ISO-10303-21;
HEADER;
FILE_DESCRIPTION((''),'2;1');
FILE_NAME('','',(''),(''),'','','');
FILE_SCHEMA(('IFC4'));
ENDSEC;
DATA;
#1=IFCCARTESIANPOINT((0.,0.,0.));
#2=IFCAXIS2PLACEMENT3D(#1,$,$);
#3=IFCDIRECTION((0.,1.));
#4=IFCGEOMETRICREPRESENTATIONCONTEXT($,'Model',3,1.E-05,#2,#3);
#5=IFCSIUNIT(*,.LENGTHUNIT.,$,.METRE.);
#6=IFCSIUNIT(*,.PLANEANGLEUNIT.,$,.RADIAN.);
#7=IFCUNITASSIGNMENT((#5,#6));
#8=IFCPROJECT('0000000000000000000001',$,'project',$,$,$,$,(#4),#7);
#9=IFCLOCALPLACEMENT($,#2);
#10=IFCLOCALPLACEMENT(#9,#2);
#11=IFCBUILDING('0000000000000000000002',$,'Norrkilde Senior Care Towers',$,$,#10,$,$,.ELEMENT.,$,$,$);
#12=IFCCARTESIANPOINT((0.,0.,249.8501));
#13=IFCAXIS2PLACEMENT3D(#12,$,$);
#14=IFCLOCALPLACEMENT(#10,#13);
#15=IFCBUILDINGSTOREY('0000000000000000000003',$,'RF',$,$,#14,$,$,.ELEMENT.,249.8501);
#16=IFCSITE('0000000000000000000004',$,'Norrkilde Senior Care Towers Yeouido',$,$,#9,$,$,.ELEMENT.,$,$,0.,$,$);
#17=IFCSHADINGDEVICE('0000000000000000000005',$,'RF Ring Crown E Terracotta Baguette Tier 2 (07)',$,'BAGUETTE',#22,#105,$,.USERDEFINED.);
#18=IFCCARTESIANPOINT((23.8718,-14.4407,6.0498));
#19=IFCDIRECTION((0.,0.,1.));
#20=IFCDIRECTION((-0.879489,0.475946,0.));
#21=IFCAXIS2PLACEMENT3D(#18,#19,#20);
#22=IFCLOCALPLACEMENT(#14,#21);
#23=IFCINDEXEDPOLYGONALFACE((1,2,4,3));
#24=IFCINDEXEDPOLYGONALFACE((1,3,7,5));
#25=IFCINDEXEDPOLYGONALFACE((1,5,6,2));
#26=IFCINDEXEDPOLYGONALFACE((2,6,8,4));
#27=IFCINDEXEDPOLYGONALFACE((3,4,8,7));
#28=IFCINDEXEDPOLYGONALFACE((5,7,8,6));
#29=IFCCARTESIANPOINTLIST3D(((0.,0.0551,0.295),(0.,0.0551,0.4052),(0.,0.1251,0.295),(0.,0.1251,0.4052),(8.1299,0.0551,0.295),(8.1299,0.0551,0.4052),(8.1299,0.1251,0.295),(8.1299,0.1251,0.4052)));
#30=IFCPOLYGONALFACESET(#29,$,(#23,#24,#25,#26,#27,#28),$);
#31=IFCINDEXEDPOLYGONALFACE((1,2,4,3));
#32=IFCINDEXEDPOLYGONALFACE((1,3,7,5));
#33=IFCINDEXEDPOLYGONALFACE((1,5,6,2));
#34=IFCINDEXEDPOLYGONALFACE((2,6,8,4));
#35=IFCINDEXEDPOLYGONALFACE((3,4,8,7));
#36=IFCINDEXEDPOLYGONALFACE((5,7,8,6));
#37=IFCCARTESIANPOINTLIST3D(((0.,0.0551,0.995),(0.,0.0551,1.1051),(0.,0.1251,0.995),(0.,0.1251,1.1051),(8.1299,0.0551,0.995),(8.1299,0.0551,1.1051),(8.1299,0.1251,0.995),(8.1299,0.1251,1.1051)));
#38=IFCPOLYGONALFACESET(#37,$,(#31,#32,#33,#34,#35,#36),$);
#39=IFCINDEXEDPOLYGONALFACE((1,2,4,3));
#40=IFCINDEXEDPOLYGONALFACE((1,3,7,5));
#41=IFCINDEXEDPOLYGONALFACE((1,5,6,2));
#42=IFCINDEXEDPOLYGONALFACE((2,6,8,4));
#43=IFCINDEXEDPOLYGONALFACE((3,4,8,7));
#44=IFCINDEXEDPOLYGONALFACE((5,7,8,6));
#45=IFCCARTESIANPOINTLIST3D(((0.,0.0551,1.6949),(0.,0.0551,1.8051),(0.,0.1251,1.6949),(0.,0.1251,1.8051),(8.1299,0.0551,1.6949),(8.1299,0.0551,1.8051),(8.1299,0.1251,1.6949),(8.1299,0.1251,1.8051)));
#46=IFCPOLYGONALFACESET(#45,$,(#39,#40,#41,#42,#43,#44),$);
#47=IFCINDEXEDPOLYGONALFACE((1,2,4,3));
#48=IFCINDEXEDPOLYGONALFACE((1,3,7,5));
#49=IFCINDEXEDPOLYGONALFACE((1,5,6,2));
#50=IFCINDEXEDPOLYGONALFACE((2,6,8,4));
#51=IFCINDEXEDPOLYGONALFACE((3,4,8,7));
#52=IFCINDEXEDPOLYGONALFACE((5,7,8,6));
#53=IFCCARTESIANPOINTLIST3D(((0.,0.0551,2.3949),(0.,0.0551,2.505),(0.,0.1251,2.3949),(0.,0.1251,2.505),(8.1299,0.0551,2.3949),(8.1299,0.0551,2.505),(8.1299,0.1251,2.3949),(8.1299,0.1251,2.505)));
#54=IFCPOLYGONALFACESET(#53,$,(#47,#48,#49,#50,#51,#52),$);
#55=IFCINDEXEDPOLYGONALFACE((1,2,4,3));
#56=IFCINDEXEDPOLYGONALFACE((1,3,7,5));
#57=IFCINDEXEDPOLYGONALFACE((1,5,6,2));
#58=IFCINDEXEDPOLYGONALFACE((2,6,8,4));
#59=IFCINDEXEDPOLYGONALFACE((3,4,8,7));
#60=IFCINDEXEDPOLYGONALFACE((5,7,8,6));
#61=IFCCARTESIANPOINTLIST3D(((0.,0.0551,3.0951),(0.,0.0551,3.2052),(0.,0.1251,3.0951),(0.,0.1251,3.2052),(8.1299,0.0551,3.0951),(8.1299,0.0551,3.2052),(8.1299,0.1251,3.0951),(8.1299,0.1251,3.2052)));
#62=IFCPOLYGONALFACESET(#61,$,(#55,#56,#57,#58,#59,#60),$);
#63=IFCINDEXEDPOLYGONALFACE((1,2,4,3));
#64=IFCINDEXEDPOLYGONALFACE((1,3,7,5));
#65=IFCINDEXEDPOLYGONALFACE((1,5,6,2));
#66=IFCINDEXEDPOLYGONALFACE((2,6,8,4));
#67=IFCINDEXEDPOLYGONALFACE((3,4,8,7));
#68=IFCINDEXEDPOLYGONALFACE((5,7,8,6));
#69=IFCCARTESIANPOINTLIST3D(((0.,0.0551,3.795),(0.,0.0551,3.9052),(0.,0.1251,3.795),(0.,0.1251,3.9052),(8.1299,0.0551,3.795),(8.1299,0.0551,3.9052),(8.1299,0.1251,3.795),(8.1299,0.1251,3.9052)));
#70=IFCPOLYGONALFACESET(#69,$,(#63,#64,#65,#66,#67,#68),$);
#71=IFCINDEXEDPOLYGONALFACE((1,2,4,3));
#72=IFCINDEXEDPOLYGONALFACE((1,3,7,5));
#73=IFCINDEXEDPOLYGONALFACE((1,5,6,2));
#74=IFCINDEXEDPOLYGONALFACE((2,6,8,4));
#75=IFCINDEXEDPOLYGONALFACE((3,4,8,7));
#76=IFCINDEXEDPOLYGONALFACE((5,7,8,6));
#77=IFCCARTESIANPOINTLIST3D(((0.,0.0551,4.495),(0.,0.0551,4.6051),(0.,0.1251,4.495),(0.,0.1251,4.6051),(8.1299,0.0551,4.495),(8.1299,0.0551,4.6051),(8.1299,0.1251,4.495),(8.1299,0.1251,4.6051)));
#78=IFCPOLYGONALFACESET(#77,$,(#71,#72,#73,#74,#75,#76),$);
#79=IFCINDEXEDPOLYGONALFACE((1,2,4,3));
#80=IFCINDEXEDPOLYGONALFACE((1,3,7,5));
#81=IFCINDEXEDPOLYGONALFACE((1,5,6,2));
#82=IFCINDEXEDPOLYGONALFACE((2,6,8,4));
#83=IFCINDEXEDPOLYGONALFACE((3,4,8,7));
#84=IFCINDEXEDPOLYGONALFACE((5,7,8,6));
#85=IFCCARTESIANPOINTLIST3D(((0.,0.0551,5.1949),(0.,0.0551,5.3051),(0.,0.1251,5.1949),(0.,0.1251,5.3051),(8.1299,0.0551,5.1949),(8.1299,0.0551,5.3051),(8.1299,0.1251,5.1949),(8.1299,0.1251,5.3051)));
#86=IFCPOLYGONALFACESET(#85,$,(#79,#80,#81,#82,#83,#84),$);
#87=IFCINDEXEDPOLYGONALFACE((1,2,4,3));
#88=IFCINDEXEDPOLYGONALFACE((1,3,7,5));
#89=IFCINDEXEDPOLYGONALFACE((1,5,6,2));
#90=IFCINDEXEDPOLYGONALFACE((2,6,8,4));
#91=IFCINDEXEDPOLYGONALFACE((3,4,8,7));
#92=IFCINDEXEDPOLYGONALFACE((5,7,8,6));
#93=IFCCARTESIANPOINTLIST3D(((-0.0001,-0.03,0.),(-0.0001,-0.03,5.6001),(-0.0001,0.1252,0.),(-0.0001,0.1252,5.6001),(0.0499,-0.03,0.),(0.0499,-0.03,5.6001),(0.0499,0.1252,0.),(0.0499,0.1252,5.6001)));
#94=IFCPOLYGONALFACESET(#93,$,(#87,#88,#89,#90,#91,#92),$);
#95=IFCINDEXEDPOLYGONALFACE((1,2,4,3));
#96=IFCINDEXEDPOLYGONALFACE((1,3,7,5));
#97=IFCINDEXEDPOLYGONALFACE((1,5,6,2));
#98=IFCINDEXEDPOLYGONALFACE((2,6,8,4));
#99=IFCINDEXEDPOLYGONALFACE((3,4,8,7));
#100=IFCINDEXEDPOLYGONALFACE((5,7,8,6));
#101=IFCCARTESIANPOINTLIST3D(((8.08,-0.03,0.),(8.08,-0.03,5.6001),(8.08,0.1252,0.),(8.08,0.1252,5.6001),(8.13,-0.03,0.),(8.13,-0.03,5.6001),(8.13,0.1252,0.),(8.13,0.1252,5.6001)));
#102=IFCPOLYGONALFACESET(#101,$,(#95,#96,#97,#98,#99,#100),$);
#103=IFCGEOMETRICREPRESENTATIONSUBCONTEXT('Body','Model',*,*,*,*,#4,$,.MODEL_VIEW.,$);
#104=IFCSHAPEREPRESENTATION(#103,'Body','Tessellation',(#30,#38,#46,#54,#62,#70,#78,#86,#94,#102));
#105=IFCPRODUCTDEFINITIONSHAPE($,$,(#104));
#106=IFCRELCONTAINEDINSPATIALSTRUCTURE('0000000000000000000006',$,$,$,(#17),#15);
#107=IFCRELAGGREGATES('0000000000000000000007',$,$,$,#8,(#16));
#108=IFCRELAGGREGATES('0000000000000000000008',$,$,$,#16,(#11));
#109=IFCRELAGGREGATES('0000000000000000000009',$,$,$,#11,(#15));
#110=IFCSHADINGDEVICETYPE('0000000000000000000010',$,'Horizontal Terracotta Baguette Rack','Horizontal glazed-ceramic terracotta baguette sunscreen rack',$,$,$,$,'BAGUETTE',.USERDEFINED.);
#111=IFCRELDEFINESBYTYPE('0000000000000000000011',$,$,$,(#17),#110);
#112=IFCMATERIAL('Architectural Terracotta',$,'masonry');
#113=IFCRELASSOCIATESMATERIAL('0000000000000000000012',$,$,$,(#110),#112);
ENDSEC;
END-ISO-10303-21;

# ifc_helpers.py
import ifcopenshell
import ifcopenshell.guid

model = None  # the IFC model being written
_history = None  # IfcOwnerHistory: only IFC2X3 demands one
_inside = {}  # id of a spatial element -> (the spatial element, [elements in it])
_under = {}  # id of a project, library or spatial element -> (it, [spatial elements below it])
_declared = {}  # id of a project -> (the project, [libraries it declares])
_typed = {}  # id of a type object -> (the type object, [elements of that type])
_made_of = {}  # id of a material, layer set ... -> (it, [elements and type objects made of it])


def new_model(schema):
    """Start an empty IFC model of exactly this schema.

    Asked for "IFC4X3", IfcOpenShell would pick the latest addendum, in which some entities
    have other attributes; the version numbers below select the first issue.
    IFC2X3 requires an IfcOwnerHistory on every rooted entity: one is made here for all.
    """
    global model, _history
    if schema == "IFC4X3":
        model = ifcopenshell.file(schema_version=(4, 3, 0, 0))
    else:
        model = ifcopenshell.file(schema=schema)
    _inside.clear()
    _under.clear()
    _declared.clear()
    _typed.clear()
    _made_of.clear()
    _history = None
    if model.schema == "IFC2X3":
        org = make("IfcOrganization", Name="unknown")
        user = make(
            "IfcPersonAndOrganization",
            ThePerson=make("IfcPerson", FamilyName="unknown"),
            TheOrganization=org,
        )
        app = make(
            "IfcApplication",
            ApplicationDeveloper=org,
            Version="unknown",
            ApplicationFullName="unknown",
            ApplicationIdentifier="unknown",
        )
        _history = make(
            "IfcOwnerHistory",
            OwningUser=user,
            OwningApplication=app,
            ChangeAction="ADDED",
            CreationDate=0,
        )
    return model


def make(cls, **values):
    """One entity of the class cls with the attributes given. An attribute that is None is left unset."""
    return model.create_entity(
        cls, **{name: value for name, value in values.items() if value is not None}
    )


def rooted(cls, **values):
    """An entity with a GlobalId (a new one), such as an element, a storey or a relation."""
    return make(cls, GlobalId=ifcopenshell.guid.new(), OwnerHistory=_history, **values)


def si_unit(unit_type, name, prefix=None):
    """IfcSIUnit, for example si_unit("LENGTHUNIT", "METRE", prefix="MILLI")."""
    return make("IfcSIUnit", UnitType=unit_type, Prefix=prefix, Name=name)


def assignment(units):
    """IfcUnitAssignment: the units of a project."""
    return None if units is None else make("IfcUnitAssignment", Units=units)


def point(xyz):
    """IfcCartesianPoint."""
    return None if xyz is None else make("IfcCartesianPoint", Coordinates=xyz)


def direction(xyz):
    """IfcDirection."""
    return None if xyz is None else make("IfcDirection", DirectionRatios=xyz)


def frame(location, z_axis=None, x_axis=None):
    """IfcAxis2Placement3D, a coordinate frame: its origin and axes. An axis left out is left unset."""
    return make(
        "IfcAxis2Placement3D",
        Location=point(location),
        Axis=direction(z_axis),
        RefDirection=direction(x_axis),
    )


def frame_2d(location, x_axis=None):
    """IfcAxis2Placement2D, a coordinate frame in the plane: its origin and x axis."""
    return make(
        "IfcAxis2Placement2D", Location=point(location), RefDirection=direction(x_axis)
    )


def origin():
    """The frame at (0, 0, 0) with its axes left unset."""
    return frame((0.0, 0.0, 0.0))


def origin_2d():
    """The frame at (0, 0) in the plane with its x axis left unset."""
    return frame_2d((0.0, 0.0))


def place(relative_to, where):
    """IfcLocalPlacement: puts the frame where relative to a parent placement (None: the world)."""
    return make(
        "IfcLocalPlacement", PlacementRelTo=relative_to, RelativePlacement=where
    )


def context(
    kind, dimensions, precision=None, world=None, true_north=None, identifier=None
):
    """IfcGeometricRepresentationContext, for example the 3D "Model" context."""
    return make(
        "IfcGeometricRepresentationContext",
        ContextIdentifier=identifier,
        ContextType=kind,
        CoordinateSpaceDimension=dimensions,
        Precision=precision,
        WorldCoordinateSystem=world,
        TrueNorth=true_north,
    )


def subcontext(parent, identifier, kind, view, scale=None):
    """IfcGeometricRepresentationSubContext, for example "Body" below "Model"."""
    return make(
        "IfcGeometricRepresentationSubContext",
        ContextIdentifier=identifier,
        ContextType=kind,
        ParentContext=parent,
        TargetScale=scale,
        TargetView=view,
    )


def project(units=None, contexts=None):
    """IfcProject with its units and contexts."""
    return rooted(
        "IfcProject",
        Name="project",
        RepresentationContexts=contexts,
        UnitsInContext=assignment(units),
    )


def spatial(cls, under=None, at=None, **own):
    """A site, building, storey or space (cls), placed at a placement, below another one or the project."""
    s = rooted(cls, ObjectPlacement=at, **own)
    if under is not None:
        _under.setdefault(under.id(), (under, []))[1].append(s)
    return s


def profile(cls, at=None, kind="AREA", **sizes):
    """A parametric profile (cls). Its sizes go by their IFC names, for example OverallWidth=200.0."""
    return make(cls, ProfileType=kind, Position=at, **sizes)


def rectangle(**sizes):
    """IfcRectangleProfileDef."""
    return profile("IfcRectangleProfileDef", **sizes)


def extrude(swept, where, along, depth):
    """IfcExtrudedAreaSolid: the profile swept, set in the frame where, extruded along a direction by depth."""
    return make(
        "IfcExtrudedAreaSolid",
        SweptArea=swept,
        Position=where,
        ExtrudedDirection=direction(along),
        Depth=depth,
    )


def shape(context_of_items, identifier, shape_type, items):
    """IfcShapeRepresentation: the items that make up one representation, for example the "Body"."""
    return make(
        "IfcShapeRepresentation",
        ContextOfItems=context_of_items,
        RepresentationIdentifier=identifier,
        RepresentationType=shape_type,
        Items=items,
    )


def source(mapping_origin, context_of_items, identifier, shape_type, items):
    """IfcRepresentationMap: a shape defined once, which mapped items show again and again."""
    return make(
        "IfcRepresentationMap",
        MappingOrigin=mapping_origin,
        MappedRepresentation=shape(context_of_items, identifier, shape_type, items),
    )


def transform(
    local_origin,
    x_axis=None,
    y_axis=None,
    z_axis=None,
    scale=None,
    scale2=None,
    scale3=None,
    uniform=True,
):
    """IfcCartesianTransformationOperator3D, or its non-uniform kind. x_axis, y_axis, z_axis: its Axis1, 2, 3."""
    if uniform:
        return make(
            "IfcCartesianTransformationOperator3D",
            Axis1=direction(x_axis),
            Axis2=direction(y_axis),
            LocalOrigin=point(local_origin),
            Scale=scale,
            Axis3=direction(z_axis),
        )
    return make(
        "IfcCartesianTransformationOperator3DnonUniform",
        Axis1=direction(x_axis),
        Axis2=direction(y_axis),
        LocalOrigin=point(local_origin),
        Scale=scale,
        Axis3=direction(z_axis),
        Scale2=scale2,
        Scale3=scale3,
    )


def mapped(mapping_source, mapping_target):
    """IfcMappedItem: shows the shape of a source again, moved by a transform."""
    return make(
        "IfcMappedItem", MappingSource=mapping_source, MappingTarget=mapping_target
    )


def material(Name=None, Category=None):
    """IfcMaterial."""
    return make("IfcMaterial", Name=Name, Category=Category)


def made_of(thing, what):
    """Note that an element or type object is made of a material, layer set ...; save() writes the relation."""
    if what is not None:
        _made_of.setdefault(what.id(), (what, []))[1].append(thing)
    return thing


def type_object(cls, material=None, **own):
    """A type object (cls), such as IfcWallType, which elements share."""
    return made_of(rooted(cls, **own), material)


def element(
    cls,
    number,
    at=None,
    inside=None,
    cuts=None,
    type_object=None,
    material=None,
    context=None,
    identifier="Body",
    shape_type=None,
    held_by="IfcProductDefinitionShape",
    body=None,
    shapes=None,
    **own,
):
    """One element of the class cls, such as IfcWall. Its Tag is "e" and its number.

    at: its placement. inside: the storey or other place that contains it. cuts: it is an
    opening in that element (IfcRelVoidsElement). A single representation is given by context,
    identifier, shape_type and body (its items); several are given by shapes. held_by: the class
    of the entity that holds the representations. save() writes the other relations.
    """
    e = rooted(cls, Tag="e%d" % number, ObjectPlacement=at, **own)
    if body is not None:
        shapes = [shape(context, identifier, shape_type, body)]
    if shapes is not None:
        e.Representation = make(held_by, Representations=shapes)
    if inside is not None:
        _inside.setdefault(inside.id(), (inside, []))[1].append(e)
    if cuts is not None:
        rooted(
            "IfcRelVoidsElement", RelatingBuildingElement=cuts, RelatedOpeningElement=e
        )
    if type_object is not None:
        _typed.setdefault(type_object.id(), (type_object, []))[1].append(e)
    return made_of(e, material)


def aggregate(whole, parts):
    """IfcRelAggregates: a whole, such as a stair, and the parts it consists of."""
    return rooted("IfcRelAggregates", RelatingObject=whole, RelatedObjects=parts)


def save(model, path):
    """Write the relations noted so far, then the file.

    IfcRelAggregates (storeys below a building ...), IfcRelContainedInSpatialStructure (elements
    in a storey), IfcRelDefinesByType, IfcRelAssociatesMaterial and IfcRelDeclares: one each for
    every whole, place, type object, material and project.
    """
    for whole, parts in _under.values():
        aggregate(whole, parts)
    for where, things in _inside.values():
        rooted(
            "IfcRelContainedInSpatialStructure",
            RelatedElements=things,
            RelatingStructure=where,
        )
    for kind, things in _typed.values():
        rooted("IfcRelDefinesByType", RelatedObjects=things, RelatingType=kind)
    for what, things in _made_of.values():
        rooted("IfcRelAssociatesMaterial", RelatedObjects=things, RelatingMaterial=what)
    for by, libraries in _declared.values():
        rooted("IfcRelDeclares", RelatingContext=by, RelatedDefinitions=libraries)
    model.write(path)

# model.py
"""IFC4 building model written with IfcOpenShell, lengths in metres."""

from ifc_helpers import new_model, si_unit, direction, frame, origin, origin_2d, place, context, subcontext, project, spatial, rectangle, extrude, source, transform, mapped, material, type_object, element, save


model = new_model("IFC4")

# Units and contexts
model_context = context("Model", 3, precision=1e-05, world=origin(), true_north=direction((0.0, 1.0)))
body_context = subcontext(model_context, "Body", "Model", "MODEL_VIEW")
ifc_project = project(units=[si_unit("LENGTHUNIT", "METRE"), si_unit("PLANEANGLEUNIT", "RADIAN")], contexts=[model_context])

# Site, building, storey
site_placement = place(None, origin())
site = spatial("IfcSite", under=ifc_project, at=site_placement, Name="Norrkilde Senior Care Towers Yeouido", CompositionType="ELEMENT", RefElevation=0.0)
building_placement = place(site_placement, origin())
building = spatial("IfcBuilding", under=site, at=building_placement, Name="Norrkilde Senior Care Towers", CompositionType="ELEMENT")
storey_placement = place(building_placement, frame((0.0, 0.0, 249.8501)))
storey = spatial("IfcBuildingStorey", under=building, at=storey_placement, Name="RF", CompositionType="ELEMENT", Elevation=249.8501)

# Shared definitions
ifc_material_1 = material(Name="Architectural Terracotta", Category="masonry")

# Shading device
shading_device_type = type_object("IfcShadingDeviceType", Name="Horizontal Terracotta Baguette Rack", Description="Horizontal glazed-ceramic terracotta baguette sunscreen rack", ElementType="BAGUETTE", PredefinedType="USERDEFINED", material=ifc_material_1)
shared_shape_1 = source(origin(), body_context, "Body", "SweptSolid", [
    extrude(rectangle(XDim=0.0701, YDim=0.1101, at=origin_2d()), frame((0.0, 0.0901, 0.3501), z_axis=(1.0, 0.0, 0.0), x_axis=(0.0, 1.0, 0.0)), (0.0, 0.0, 1.0), 8.1299),
    extrude(rectangle(XDim=0.0701, YDim=0.1101, at=origin_2d()), frame((0.0, 0.0901, 1.05), z_axis=(1.0, 0.0, 0.0), x_axis=(0.0, 1.0, 0.0)), (0.0, 0.0, 1.0), 8.1299),
    extrude(rectangle(XDim=0.0701, YDim=0.1101, at=origin_2d()), frame((0.0, 0.0901, 1.75), z_axis=(1.0, 0.0, 0.0), x_axis=(0.0, 1.0, 0.0)), (0.0, 0.0, 1.0), 8.1299),
    extrude(rectangle(XDim=0.0701, YDim=0.1101, at=origin_2d()), frame((0.0, 0.0901, 2.45), z_axis=(1.0, 0.0, 0.0), x_axis=(0.0, 1.0, 0.0)), (0.0, 0.0, 1.0), 8.1299),
    extrude(rectangle(XDim=0.0701, YDim=0.1101, at=origin_2d()), frame((0.0, 0.0901, 3.1501), z_axis=(1.0, 0.0, 0.0), x_axis=(0.0, 1.0, 0.0)), (0.0, 0.0, 1.0), 8.1299),
    extrude(rectangle(XDim=0.0701, YDim=0.1101, at=origin_2d()), frame((0.0, 0.0901, 3.8501), z_axis=(1.0, 0.0, 0.0), x_axis=(0.0, 1.0, 0.0)), (0.0, 0.0, 1.0), 8.1299),
    extrude(rectangle(XDim=0.0701, YDim=0.1101, at=origin_2d()), frame((0.0, 0.0901, 4.55), z_axis=(1.0, 0.0, 0.0), x_axis=(0.0, 1.0, 0.0)), (0.0, 0.0, 1.0), 8.1299),
    extrude(rectangle(XDim=0.0701, YDim=0.1101, at=origin_2d()), frame((0.0, 0.0901, 5.25), z_axis=(1.0, 0.0, 0.0), x_axis=(0.0, 1.0, 0.0)), (0.0, 0.0, 1.0), 8.1299),
    extrude(rectangle(XDim=0.05, YDim=0.1553, at=origin_2d()), frame((0.0249, 0.0476, 0.0)), (0.0, 0.0, 1.0), 5.6001),
    extrude(rectangle(XDim=0.05, YDim=0.1553, at=origin_2d()), frame((8.105, 0.0476, 0.0)), (0.0, 0.0, 1.0), 5.6001),
])
shading_device_1_placement = place(storey_placement, frame((23.8718, -14.4407, 6.0498), z_axis=(0.0, 0.0, 1.0), x_axis=(-0.879489, 0.475946, 0.0)))
element("IfcShadingDevice", 1, at=shading_device_1_placement, inside=storey, type_object=shading_device_type, Name="RF Ring Crown E Terracotta Baguette Tier 2 (07)", ObjectType="BAGUETTE", PredefinedType="USERDEFINED", context=body_context, shape_type="MappedRepresentation", body=[
    mapped(shared_shape_1, transform((0.0, 0.0, 0.0), x_axis=(1.0, 0.0, 0.0), y_axis=(0.0, 1.0, 0.0), z_axis=(0.0, 0.0, 1.0), scale=1.0)),
])

save(model, "model.ifc")
